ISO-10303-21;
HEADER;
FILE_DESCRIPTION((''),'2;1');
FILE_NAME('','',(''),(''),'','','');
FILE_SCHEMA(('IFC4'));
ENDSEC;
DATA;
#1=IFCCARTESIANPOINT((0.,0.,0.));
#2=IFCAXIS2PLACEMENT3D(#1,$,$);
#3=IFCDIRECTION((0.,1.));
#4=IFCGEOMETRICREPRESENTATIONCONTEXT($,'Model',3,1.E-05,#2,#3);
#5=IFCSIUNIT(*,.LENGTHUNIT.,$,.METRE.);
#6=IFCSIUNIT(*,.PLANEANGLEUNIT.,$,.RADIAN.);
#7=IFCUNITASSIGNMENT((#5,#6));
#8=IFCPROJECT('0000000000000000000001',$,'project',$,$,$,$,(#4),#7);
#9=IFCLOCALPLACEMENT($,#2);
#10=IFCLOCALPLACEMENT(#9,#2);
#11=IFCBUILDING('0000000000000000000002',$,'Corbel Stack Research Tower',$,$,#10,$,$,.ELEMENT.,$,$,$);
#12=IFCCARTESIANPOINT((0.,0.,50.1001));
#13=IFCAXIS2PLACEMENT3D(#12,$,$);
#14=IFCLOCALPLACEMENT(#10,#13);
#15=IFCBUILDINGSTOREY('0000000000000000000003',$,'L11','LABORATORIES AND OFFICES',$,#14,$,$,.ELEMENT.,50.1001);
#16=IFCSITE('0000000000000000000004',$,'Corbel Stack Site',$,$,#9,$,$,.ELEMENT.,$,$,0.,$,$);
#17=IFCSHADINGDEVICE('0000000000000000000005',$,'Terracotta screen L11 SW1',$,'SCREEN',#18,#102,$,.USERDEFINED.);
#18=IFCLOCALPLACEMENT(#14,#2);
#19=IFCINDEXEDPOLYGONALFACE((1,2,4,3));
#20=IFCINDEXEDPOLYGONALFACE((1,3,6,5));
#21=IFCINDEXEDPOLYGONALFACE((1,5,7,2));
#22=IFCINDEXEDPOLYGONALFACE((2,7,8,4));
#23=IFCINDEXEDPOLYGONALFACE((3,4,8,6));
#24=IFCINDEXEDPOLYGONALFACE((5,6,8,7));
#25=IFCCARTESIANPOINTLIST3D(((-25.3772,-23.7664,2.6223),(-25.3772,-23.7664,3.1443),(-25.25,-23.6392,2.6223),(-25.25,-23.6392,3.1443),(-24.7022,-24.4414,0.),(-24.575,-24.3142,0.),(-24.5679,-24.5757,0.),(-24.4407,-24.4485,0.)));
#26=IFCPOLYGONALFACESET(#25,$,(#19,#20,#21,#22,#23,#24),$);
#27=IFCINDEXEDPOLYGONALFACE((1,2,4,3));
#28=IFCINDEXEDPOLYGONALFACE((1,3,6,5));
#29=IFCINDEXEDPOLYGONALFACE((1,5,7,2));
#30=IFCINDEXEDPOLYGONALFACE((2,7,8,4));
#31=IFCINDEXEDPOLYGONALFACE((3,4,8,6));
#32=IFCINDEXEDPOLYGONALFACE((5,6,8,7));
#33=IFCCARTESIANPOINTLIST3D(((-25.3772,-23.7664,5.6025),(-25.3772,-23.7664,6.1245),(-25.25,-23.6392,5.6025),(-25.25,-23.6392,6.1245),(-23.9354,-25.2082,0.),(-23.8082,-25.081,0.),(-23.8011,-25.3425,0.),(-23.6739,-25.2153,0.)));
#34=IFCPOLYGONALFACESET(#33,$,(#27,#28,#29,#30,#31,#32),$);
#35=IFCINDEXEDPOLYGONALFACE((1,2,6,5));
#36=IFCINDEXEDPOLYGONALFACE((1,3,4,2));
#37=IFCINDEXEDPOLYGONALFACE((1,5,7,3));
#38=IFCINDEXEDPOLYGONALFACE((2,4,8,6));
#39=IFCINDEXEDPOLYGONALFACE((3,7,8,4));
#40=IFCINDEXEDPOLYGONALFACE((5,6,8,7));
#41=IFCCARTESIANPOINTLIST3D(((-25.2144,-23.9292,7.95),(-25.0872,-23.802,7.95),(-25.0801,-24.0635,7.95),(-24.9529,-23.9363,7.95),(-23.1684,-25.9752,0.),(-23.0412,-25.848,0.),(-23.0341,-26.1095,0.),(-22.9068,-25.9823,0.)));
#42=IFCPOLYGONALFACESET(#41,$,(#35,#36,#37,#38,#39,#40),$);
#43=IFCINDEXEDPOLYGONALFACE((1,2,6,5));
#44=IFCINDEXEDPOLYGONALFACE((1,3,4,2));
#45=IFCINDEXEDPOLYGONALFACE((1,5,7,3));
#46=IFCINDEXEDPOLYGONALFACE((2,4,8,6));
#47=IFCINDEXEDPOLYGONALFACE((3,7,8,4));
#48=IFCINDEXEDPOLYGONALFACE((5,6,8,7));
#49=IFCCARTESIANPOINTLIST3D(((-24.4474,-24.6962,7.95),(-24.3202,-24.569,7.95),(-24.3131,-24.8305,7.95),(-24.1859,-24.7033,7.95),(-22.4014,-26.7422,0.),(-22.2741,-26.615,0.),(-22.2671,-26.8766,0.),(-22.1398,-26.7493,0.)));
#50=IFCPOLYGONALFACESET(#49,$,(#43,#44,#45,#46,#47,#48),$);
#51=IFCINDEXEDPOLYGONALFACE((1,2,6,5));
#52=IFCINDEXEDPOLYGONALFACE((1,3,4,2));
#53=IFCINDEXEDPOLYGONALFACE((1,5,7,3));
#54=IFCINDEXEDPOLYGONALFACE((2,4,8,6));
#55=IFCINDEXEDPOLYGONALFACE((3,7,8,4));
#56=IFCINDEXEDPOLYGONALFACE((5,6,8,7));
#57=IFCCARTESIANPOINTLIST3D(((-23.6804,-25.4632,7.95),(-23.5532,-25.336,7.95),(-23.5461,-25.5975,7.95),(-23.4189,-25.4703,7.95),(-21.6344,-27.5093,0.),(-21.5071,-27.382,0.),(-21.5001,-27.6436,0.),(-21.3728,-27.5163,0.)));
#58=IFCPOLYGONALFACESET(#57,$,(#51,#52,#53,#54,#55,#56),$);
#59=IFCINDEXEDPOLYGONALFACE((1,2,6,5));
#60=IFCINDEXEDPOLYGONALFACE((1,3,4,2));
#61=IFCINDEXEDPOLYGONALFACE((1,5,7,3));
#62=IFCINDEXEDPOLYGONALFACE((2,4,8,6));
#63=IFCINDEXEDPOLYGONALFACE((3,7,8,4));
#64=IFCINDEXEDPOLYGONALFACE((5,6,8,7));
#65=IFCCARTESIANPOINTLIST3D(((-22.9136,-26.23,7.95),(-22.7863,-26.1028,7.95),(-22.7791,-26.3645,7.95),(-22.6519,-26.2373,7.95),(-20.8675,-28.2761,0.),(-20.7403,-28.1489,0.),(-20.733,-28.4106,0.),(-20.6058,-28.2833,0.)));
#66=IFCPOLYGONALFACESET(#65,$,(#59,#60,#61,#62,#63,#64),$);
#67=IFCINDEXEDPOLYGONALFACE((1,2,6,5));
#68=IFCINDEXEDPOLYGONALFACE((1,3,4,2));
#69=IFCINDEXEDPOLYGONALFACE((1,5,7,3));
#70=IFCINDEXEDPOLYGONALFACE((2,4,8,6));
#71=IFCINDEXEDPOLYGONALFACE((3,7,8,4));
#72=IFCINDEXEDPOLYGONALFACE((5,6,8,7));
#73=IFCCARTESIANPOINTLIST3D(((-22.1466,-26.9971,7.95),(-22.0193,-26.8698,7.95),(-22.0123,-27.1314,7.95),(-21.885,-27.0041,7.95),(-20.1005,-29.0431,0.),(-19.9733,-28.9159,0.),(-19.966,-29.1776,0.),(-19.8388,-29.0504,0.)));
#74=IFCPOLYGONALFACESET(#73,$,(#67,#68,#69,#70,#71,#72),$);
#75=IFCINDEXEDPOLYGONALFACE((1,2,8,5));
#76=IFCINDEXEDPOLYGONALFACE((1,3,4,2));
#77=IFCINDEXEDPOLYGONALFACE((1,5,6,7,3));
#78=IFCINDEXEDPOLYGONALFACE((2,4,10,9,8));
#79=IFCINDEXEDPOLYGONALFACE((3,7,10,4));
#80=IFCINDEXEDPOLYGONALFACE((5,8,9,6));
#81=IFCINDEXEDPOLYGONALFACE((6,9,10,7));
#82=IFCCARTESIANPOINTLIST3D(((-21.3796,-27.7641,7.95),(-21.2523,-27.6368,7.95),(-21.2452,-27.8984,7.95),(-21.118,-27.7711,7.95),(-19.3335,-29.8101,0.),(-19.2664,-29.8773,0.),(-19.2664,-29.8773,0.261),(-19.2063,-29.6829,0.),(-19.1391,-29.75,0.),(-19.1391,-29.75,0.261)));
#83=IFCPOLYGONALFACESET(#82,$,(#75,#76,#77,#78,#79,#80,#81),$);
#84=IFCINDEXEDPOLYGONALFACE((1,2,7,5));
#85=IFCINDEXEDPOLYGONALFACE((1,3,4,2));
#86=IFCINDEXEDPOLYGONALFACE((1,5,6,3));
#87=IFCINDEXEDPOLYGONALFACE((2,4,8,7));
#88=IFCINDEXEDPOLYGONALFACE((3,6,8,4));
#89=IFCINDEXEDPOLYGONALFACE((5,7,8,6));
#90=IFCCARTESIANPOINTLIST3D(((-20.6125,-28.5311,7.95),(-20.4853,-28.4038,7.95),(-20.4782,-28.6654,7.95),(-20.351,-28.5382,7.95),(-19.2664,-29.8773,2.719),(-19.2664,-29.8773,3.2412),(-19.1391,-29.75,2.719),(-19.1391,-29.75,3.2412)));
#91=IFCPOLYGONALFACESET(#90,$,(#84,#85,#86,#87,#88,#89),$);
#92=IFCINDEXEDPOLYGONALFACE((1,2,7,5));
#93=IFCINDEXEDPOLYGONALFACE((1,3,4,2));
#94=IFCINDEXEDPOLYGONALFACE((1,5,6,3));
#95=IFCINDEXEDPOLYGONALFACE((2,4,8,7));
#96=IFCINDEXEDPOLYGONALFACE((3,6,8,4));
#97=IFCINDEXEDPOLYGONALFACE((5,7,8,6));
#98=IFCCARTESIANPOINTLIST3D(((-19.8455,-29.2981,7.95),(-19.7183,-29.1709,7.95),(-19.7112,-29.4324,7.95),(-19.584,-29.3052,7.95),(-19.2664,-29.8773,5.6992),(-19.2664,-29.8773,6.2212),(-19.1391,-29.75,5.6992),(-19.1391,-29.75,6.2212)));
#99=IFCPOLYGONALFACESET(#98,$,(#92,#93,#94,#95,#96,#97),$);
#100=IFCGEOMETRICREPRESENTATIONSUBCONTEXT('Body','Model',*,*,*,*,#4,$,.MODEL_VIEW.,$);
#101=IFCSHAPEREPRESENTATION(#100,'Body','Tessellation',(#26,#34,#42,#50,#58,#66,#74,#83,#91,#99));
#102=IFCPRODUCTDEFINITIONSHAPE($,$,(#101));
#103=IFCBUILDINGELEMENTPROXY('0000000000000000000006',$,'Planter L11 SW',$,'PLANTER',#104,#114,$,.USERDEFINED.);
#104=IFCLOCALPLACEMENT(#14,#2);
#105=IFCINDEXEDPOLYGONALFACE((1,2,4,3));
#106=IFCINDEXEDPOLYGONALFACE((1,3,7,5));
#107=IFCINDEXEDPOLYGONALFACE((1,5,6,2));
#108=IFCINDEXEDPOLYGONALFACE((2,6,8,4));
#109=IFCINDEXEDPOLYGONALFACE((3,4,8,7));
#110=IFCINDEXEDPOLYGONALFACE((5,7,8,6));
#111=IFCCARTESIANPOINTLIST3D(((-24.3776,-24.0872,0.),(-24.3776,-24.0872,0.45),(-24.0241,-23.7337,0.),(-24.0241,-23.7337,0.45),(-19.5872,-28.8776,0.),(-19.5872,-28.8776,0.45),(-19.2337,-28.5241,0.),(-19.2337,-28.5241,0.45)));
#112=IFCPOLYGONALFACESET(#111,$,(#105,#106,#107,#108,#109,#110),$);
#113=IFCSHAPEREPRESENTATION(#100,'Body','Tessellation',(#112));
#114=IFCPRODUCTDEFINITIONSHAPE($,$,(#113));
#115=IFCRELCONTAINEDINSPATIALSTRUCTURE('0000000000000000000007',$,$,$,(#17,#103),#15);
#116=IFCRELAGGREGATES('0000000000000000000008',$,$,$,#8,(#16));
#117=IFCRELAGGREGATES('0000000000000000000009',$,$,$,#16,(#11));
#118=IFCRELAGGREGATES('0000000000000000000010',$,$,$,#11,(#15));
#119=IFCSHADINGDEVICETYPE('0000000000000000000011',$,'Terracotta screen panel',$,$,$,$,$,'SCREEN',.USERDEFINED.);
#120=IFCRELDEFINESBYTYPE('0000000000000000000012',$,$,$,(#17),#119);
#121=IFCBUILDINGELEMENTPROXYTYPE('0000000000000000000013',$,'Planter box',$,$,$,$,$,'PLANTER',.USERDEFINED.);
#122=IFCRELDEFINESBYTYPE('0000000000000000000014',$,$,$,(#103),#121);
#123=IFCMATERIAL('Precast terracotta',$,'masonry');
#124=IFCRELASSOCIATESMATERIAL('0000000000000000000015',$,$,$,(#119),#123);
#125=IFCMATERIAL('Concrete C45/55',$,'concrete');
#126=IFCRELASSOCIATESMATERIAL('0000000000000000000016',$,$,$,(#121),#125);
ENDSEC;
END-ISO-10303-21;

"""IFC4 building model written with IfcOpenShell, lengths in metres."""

from ifc_helpers import new_model, si_unit, direction, frame, origin, origin_2d, place, context, subcontext, project, spatial, polyline, rectangle, outline, extrude, source, transform, mapped, material, type_object, element, save


model = new_model("IFC4")

# Units and contexts
model_context = context("Model", 3, precision=1e-05, world=origin(), true_north=direction((0.0, 1.0)))
body_context = subcontext(model_context, "Body", "Model", "MODEL_VIEW")
ifc_project = project(units=[si_unit("LENGTHUNIT", "METRE"), si_unit("PLANEANGLEUNIT", "RADIAN")], contexts=[model_context])

# Site, building, storey
site_placement = place(None, origin())
site = spatial("IfcSite", under=ifc_project, at=site_placement, Name="Corbel Stack Site", CompositionType="ELEMENT", RefElevation=0.0)
building_placement = place(site_placement, origin())
building = spatial("IfcBuilding", under=site, at=building_placement, Name="Corbel Stack Research Tower", CompositionType="ELEMENT")
storey_placement = place(building_placement, frame((0.0, 0.0, 50.1001)))
storey = spatial("IfcBuildingStorey", under=building, at=storey_placement, Name="L11", Description="LABORATORIES AND OFFICES", CompositionType="ELEMENT", Elevation=50.1001)

# Shading device
ifc_material_1 = material(Name="Precast terracotta", Category="masonry")
shading_device_type = type_object("IfcShadingDeviceType", Name="Terracotta screen panel", ElementType="SCREEN", PredefinedType="USERDEFINED", material=ifc_material_1)
shared_shape_1 = source(origin(), body_context, "Body", "SweptSolid", [
    extrude(outline(polyline([(1.1445, 0.0), (0.0, 3.1443), (0.0, 2.6223), (0.9546, 0.0), (1.1445, 0.0)])), frame((0.0, 0.0, 0.0), z_axis=(0.0, -1.0, 0.0), x_axis=(1.0, 0.0, 0.0)), (0.0, 0.0, 1.0), 0.1799),
    extrude(outline(polyline([(2.229, 0.0), (0.0, 6.1245), (0.0, 5.6025), (2.0391, 0.0), (2.229, 0.0)])), frame((0.0, 0.0, 0.0), z_axis=(0.0, -1.0, 0.0), x_axis=(1.0, 0.0, 0.0)), (0.0, 0.0, 1.0), 0.1799),
    extrude(outline(polyline([(3.3137, 0.0), (0.4202, 7.95), (0.2302, 7.95), (3.1238, 0.0), (3.3137, 0.0)])), frame((0.0, 0.0, 0.0), z_axis=(0.0, -1.0, 0.0), x_axis=(1.0, 0.0, 0.0)), (0.0, 0.0, 1.0), 0.1799),
    extrude(outline(polyline([(4.3984, 0.0), (1.5049, 7.95), (1.3149, 7.95), (4.2085, 0.0), (4.3984, 0.0)])), frame((0.0, 0.0, 0.0), z_axis=(0.0, -1.0, 0.0), x_axis=(1.0, 0.0, 0.0)), (0.0, 0.0, 1.0), 0.1799),
    extrude(outline(polyline([(5.4832, 0.0), (2.5896, 7.95), (2.3997, 7.95), (5.2932, 0.0), (5.4832, 0.0)])), frame((0.0, 0.0, 0.0), z_axis=(0.0, -1.0, 0.0), x_axis=(1.0, 0.0, 0.0)), (0.0, 0.0, 1.0), 0.1799),
    extrude(outline(polyline([(6.5679, 0.0), (3.6743, 7.95), (3.4841, 7.95), (6.3777, 0.0), (6.5679, 0.0)])), frame((0.0, 0.0, 0.0), z_axis=(0.0, -1.0, 0.0), x_axis=(1.0, 0.0, 0.0)), (0.0, 0.0, 1.0), 0.1799),
    extrude(outline(polyline([(7.6526, 0.0), (4.7588, 7.95), (4.5688, 7.95), (7.4624, 0.0), (7.6526, 0.0)])), frame((0.0, 0.0, 0.0), z_axis=(0.0, -1.0, 0.0), x_axis=(1.0, 0.0, 0.0)), (0.0, 0.0, 1.0), 0.1799),
    extrude(outline(polyline([(8.6421, 0.0), (8.6421, 0.261), (5.8435, 7.95), (5.6536, 7.95), (8.5471, 0.0), (8.6421, 0.0)])), frame((0.0, 0.0, 0.0), z_axis=(0.0, -1.0, 0.0), x_axis=(1.0, 0.0, 0.0)), (0.0, 0.0, 1.0), 0.1799),
    extrude(outline(polyline([(6.9282, 7.95), (6.7383, 7.95), (8.6421, 2.719), (8.6421, 3.2412), (6.9282, 7.95)])), frame((0.0, 0.0, 0.0), z_axis=(0.0, -1.0, 0.0), x_axis=(1.0, 0.0, 0.0)), (0.0, 0.0, 1.0), 0.1799),
    extrude(outline(polyline([(8.0129, 7.95), (7.823, 7.95), (8.6421, 5.6992), (8.6421, 6.2212), (8.0129, 7.95)])), frame((0.0, 0.0, 0.0), z_axis=(0.0, -1.0, 0.0), x_axis=(1.0, 0.0, 0.0)), (0.0, 0.0, 1.0), 0.1799),
])
shading_device_1_placement = place(storey_placement, frame((-25.25, -23.6392, 0.0), z_axis=(0.0, 0.0, 1.0), x_axis=(0.707107, -0.707107, 0.0)))
element("IfcShadingDevice", 1, at=shading_device_1_placement, inside=storey, type_object=shading_device_type, Name="Terracotta screen L11 SW1", ObjectType="SCREEN", PredefinedType="USERDEFINED", context=body_context, shape_type="MappedRepresentation", body=[
    mapped(shared_shape_1, transform((0.0, 0.0, 0.0))),
])

# Building element proxy
ifc_material_2 = material(Name="Concrete C45/55", Category="concrete")
building_element_proxy_type = type_object("IfcBuildingElementProxyType", Name="Planter box", ElementType="PLANTER", PredefinedType="USERDEFINED", material=ifc_material_2)
proxy_placement = place(storey_placement, frame((-21.8057, -26.3057, 0.0), z_axis=(0.0, 0.0, 1.0), x_axis=(0.707107, -0.707107, 0.0)))
element("IfcBuildingElementProxy", 2, at=proxy_placement, inside=storey, type_object=building_element_proxy_type, Name="Planter L11 SW", ObjectType="PLANTER", PredefinedType="USERDEFINED", context=body_context, shape_type="SweptSolid", body=[
    extrude(rectangle(XDim=6.7747, YDim=0.5, at=origin_2d()), origin(), (0.0, 0.0, 1.0), 0.45),
])

save(model, "model.ifc")
